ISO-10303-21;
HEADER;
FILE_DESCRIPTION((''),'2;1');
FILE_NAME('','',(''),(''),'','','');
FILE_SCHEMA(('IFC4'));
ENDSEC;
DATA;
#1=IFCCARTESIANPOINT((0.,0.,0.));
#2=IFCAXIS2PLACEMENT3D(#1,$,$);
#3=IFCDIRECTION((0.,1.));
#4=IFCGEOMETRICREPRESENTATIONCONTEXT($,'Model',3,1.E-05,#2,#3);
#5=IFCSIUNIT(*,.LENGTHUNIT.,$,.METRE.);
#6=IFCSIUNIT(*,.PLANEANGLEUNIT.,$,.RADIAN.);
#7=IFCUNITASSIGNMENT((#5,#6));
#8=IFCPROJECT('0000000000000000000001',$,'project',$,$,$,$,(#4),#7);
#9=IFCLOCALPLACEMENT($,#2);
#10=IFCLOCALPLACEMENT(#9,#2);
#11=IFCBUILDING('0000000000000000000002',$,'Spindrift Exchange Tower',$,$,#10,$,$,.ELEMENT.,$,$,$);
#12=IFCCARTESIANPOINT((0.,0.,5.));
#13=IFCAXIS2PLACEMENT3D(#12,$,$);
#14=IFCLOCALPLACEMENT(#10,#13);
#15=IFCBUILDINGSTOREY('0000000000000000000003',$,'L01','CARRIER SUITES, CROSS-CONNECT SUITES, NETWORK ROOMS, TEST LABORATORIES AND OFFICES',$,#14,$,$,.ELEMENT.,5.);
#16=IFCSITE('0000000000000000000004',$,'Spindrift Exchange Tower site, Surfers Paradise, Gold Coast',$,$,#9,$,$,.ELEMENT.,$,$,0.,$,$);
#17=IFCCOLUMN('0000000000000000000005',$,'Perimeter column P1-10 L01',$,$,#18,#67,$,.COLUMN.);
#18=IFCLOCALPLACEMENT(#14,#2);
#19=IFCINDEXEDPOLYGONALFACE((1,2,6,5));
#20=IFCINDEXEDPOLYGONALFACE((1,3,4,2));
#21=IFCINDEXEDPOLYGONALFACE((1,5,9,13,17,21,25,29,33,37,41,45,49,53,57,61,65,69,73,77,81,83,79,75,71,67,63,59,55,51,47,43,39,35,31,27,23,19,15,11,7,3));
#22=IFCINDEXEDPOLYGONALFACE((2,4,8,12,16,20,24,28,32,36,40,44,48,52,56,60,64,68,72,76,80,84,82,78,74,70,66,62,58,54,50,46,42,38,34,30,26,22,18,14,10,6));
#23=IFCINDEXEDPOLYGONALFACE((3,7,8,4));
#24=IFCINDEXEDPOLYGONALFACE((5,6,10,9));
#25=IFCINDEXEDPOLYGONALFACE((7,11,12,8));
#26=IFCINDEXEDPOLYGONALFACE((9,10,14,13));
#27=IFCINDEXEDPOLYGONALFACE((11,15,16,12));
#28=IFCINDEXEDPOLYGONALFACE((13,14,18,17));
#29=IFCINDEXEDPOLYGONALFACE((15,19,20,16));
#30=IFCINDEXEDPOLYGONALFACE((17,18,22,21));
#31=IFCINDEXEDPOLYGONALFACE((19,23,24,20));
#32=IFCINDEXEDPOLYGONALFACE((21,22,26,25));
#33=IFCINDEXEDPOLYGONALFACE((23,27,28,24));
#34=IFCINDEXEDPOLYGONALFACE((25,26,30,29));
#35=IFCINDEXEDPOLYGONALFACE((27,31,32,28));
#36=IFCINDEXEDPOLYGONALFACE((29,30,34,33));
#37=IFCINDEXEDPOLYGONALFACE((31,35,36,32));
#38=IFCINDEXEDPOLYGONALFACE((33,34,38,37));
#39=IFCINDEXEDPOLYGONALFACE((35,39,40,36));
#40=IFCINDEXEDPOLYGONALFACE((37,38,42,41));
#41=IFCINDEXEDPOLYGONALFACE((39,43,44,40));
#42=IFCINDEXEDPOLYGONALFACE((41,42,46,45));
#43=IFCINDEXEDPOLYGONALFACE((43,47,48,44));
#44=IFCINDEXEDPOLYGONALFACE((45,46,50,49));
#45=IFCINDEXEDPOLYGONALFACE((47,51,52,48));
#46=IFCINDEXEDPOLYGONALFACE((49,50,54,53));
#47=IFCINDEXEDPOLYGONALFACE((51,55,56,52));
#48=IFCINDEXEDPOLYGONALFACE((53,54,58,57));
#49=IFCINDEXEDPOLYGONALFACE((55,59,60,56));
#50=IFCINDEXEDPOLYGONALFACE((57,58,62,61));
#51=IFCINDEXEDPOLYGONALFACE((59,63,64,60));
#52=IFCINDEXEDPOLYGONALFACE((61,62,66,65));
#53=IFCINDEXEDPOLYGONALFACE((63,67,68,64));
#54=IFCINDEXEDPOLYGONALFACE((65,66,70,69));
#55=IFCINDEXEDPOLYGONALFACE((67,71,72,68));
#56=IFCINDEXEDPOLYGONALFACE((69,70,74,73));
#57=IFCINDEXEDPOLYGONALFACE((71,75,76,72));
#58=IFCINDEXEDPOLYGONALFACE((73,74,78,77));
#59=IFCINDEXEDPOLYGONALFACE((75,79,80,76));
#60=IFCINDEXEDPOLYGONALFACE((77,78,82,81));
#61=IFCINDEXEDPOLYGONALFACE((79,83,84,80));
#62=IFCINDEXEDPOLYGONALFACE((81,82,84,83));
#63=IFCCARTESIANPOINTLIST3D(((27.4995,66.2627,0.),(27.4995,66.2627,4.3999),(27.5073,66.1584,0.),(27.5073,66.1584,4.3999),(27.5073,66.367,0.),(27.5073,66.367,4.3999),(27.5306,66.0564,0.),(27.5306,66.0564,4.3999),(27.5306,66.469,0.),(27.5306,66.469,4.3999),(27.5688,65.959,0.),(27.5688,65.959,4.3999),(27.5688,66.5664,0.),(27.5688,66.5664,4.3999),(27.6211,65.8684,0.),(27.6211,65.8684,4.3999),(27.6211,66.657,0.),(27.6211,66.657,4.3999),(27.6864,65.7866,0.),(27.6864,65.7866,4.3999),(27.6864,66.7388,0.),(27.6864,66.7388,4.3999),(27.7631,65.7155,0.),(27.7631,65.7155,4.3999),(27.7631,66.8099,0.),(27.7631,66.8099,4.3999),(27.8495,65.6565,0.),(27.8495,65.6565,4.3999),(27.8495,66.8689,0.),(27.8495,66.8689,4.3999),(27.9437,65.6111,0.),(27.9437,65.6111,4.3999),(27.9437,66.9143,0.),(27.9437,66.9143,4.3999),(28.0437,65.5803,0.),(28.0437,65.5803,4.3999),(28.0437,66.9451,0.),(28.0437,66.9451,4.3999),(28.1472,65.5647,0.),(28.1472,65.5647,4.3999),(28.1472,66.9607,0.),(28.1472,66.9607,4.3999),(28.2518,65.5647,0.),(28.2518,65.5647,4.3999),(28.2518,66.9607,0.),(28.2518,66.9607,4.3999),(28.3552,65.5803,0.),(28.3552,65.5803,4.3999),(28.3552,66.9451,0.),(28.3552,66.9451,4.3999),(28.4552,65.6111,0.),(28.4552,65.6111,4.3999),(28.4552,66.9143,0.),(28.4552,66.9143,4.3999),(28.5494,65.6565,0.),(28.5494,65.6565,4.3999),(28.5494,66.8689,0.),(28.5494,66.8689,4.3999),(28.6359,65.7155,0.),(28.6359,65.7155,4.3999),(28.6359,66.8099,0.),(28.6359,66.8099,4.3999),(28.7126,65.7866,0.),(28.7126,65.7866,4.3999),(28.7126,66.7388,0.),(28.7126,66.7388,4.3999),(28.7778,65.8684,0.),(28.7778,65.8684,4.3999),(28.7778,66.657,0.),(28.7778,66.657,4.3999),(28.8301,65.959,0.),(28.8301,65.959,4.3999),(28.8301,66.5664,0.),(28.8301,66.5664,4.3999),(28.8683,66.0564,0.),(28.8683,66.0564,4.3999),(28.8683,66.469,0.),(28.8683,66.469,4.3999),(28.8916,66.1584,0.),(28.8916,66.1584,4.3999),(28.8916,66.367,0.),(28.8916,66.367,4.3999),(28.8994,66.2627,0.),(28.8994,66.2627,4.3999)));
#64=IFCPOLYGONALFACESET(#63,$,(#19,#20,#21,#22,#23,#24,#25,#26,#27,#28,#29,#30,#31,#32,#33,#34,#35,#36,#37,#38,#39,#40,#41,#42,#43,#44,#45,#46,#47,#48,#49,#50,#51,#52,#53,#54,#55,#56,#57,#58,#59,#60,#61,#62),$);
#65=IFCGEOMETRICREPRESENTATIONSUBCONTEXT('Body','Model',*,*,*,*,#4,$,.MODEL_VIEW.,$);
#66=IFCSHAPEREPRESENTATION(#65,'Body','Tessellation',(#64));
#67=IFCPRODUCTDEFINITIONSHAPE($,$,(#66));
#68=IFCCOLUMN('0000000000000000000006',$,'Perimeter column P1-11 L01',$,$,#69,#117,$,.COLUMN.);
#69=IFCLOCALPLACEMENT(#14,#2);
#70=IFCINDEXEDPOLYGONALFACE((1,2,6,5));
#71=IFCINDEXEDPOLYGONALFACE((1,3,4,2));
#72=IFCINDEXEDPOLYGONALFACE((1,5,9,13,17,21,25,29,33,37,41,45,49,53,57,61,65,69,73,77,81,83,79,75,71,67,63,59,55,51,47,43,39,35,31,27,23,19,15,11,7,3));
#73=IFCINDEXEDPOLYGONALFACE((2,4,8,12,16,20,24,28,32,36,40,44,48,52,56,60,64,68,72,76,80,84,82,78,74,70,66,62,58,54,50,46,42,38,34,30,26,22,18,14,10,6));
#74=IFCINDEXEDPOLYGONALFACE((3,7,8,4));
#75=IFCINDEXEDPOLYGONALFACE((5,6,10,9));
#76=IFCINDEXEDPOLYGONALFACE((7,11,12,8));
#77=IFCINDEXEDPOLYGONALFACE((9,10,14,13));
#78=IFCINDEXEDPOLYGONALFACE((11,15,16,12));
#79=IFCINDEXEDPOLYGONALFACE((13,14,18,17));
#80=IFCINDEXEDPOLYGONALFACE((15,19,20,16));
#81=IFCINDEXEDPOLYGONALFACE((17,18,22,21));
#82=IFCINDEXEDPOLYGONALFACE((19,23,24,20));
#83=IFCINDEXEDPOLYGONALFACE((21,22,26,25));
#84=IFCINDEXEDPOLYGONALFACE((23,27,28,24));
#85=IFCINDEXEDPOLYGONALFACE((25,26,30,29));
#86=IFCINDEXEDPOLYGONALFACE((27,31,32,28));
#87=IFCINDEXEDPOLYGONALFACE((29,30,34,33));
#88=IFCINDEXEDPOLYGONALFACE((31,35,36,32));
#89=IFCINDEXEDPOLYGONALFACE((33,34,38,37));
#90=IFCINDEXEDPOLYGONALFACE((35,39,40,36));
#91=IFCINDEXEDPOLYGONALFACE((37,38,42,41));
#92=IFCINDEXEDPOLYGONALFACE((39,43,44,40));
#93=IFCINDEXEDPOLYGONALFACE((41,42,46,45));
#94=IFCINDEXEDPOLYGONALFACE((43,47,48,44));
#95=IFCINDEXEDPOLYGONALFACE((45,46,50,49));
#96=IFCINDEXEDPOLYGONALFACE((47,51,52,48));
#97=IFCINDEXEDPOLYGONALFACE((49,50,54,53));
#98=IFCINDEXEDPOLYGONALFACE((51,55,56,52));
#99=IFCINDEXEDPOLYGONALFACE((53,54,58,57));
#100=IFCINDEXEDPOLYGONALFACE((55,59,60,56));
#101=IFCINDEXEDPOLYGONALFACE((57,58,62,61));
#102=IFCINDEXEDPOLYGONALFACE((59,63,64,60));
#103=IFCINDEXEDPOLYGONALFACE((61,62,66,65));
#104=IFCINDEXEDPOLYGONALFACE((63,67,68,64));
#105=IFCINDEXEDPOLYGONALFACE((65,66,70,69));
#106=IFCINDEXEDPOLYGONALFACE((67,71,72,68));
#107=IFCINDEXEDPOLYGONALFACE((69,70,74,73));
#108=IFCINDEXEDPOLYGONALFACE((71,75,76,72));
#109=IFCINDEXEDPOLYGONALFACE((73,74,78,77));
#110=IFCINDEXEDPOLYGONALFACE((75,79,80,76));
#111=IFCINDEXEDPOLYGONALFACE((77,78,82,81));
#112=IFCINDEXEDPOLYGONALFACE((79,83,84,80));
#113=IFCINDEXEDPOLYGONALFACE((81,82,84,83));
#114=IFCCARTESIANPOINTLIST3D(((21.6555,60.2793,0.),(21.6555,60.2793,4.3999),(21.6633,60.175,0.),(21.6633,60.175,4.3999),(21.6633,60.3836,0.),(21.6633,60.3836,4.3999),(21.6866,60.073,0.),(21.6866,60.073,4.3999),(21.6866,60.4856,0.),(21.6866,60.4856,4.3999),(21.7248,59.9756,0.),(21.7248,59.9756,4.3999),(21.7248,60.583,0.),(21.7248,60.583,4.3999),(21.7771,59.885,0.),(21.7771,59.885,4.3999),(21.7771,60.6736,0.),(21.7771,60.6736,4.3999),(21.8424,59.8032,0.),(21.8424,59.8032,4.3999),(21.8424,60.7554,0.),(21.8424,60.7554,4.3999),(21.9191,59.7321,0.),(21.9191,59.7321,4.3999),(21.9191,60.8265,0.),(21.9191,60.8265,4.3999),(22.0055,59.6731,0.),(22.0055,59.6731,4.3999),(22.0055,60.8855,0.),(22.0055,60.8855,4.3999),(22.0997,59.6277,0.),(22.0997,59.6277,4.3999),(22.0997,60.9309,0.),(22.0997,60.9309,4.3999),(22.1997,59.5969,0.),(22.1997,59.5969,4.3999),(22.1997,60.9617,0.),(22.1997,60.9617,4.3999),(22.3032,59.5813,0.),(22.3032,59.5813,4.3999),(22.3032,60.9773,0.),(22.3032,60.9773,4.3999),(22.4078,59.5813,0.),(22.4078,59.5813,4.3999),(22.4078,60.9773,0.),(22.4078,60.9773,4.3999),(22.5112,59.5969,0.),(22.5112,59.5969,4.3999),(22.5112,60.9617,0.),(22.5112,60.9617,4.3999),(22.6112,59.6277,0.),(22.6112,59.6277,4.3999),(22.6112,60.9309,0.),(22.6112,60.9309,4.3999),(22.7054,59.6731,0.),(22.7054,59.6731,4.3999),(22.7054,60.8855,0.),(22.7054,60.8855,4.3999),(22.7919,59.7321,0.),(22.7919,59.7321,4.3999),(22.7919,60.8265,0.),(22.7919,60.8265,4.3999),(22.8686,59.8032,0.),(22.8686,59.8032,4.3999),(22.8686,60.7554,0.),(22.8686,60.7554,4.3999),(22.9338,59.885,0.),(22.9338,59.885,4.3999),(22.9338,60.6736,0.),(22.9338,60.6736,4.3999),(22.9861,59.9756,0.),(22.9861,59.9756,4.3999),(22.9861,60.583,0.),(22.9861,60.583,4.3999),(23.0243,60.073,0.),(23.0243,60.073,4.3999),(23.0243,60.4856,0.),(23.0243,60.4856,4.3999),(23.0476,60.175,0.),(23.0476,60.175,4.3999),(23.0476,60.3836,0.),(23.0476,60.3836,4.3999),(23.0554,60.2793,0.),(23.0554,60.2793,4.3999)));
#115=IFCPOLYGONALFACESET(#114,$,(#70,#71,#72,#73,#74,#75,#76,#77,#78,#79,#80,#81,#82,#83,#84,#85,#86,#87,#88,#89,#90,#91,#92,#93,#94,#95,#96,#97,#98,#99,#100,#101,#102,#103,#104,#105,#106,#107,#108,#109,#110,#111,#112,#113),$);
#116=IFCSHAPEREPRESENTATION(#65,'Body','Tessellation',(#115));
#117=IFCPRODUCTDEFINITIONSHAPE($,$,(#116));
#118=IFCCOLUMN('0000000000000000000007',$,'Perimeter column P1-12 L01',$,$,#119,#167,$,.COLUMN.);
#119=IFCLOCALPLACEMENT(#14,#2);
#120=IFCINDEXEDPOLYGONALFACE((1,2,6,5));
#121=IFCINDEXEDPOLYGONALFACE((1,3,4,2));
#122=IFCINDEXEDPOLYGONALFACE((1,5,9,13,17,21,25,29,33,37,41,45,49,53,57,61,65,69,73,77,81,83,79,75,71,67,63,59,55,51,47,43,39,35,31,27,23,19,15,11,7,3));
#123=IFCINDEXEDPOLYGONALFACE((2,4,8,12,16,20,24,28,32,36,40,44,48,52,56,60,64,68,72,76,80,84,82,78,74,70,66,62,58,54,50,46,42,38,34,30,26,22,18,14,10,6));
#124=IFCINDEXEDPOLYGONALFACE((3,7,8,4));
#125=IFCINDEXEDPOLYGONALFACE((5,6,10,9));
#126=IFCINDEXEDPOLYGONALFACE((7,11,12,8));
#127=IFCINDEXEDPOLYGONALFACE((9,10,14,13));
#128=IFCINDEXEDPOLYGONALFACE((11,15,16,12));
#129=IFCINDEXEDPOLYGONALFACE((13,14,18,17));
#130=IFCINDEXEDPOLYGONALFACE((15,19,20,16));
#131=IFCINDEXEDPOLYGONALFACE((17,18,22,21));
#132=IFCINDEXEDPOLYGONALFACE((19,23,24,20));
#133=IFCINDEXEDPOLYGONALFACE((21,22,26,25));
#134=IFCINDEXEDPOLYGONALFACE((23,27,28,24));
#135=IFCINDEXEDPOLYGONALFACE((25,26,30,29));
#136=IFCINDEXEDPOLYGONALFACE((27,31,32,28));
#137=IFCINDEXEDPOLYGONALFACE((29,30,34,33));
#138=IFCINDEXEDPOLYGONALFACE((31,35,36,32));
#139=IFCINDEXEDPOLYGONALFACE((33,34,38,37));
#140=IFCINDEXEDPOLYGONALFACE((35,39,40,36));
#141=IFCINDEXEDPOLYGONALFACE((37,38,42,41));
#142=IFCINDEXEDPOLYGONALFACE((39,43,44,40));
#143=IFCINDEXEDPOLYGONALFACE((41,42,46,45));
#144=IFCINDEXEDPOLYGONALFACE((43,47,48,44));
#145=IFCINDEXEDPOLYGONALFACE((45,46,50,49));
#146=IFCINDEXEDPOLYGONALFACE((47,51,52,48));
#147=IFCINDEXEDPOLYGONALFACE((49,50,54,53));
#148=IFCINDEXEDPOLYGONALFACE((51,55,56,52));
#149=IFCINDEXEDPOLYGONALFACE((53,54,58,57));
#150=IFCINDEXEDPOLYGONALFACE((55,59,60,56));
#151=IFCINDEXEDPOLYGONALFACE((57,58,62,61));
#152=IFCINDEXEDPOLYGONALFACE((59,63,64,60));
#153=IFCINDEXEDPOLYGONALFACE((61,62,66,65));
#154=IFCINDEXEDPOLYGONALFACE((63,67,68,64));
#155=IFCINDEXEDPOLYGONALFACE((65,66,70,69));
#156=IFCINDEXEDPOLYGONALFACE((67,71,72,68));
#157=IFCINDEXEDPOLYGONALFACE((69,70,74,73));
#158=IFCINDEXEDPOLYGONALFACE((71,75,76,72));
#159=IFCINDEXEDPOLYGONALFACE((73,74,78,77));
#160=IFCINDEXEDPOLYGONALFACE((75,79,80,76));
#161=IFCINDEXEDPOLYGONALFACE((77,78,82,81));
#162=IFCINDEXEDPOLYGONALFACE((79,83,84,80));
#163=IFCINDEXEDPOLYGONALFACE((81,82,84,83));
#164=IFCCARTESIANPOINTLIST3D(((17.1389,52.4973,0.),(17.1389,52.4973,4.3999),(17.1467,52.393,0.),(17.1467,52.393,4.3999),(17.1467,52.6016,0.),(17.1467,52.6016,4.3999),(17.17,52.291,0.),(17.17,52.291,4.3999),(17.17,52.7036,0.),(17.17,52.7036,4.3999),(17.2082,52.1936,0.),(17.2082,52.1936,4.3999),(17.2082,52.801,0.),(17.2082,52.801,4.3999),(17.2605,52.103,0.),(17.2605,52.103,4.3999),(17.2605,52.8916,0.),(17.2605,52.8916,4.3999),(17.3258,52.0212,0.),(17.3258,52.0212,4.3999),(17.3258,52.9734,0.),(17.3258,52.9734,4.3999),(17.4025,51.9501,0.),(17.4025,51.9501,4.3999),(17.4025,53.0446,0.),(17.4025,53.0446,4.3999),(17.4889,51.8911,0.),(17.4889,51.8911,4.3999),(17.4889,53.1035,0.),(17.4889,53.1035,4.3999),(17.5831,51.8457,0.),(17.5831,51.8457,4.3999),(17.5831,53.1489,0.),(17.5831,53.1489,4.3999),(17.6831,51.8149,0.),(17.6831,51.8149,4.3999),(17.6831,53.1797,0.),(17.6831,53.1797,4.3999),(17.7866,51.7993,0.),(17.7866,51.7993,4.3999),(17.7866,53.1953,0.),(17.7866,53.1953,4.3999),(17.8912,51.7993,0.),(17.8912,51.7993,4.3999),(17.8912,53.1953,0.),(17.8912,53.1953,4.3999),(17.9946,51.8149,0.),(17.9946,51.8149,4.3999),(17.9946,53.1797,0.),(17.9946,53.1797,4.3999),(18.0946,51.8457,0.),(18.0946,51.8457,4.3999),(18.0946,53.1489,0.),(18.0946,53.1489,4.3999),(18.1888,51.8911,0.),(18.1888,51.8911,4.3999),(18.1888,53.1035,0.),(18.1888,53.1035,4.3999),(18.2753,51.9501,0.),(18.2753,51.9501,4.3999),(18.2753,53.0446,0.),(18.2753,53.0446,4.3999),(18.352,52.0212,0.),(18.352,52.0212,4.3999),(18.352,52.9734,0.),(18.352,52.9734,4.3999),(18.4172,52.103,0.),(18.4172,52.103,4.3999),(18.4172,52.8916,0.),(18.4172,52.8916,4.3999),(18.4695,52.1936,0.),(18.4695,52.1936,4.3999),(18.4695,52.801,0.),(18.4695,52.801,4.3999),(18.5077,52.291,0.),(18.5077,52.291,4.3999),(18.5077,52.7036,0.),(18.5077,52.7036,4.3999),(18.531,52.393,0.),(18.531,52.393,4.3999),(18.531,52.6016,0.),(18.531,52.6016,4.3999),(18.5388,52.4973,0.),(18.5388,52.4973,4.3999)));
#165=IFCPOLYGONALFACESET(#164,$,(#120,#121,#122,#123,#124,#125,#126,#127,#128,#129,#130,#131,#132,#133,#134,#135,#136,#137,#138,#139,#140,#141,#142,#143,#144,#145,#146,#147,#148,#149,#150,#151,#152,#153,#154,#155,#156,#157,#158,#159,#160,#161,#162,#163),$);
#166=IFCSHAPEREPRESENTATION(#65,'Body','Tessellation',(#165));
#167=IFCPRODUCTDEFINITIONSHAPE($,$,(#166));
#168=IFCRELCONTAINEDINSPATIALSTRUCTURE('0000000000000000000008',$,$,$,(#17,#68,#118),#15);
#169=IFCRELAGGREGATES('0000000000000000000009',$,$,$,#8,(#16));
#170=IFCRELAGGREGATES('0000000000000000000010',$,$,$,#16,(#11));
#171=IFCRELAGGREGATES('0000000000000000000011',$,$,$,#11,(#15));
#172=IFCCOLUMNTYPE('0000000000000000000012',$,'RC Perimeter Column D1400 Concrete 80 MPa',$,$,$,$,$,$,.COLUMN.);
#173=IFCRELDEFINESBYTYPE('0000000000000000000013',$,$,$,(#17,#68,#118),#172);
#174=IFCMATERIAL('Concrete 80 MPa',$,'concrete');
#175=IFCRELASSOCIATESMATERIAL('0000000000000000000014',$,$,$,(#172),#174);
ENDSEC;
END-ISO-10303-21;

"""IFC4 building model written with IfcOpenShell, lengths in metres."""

from ifc_helpers import new_model, si_unit, direction, frame, origin, origin_2d, place, context, subcontext, project, spatial, circle, extrude, source, transform, mapped, material, material_profile, profile_set, type_object, element, save


model = new_model("IFC4")

# Units and contexts
model_context = context("Model", 3, precision=1e-05, world=origin(), true_north=direction((0.0, 1.0)))
body_context = subcontext(model_context, "Body", "Model", "MODEL_VIEW")
ifc_project = project(units=[si_unit("LENGTHUNIT", "METRE"), si_unit("PLANEANGLEUNIT", "RADIAN")], contexts=[model_context])

# Site, building, storey
site_placement = place(None, origin())
site = spatial("IfcSite", under=ifc_project, at=site_placement, Name="Spindrift Exchange Tower site, Surfers Paradise, Gold Coast", CompositionType="ELEMENT", RefElevation=0.0)
building_placement = place(site_placement, origin())
building = spatial("IfcBuilding", under=site, at=building_placement, Name="Spindrift Exchange Tower", CompositionType="ELEMENT")
storey_placement = place(building_placement, frame((0.0, 0.0, 5.0)))
storey = spatial("IfcBuildingStorey", under=building, at=storey_placement, Name="L01", Description="CARRIER SUITES, CROSS-CONNECT SUITES, NETWORK ROOMS, TEST LABORATORIES AND OFFICES", CompositionType="ELEMENT", Elevation=5.0)

# Columns
ifc_material_1 = material(Name="Concrete 80 MPa", Category="concrete")
ifc_material_profile_1 = material_profile(ifc_material_1, circle(Radius=0.7, at=origin_2d()), Name="RC D1400")
ifc_profile_set_1 = profile_set([ifc_material_profile_1], Name="Concrete 80 MPa")
column_type = type_object("IfcColumnType", Name="RC Perimeter Column D1400 Concrete 80 MPa", PredefinedType="COLUMN", material=ifc_profile_set_1)
shared_shape_1 = source(origin(), body_context, "Body", "SweptSolid", [
    extrude(circle(Radius=0.7, at=origin_2d()), origin(), (0.0, 0.0, 1.0), 4.3999),
])
for number, where, z_axis, x_axis, name in (
    (1, (28.1995, 66.2627, 0.0), (0.0, 0.0, 1.0), (1.0, 0.0, 0.0), "Perimeter column P1-10 L01"),
    (2, (22.3555, 60.2793, 0.0), (0.0, 0.0, 1.0), (1.0, 0.0, 0.0), "Perimeter column P1-11 L01"),
    (3, (17.8389, 52.4973, 0.0), (0.0, 0.0, 1.0), (1.0, 0.0, 0.0), "Perimeter column P1-12 L01"),
):
    element("IfcColumn", number, at=place(storey_placement, frame(where, z_axis=z_axis, x_axis=x_axis)), inside=storey, type_object=column_type, Name=name, PredefinedType="COLUMN", context=body_context, shape_type="MappedRepresentation", body=[
        mapped(shared_shape_1, transform((0.0, 0.0, 0.0), scale=1.0)),
    ])

save(model, "model.ifc")
